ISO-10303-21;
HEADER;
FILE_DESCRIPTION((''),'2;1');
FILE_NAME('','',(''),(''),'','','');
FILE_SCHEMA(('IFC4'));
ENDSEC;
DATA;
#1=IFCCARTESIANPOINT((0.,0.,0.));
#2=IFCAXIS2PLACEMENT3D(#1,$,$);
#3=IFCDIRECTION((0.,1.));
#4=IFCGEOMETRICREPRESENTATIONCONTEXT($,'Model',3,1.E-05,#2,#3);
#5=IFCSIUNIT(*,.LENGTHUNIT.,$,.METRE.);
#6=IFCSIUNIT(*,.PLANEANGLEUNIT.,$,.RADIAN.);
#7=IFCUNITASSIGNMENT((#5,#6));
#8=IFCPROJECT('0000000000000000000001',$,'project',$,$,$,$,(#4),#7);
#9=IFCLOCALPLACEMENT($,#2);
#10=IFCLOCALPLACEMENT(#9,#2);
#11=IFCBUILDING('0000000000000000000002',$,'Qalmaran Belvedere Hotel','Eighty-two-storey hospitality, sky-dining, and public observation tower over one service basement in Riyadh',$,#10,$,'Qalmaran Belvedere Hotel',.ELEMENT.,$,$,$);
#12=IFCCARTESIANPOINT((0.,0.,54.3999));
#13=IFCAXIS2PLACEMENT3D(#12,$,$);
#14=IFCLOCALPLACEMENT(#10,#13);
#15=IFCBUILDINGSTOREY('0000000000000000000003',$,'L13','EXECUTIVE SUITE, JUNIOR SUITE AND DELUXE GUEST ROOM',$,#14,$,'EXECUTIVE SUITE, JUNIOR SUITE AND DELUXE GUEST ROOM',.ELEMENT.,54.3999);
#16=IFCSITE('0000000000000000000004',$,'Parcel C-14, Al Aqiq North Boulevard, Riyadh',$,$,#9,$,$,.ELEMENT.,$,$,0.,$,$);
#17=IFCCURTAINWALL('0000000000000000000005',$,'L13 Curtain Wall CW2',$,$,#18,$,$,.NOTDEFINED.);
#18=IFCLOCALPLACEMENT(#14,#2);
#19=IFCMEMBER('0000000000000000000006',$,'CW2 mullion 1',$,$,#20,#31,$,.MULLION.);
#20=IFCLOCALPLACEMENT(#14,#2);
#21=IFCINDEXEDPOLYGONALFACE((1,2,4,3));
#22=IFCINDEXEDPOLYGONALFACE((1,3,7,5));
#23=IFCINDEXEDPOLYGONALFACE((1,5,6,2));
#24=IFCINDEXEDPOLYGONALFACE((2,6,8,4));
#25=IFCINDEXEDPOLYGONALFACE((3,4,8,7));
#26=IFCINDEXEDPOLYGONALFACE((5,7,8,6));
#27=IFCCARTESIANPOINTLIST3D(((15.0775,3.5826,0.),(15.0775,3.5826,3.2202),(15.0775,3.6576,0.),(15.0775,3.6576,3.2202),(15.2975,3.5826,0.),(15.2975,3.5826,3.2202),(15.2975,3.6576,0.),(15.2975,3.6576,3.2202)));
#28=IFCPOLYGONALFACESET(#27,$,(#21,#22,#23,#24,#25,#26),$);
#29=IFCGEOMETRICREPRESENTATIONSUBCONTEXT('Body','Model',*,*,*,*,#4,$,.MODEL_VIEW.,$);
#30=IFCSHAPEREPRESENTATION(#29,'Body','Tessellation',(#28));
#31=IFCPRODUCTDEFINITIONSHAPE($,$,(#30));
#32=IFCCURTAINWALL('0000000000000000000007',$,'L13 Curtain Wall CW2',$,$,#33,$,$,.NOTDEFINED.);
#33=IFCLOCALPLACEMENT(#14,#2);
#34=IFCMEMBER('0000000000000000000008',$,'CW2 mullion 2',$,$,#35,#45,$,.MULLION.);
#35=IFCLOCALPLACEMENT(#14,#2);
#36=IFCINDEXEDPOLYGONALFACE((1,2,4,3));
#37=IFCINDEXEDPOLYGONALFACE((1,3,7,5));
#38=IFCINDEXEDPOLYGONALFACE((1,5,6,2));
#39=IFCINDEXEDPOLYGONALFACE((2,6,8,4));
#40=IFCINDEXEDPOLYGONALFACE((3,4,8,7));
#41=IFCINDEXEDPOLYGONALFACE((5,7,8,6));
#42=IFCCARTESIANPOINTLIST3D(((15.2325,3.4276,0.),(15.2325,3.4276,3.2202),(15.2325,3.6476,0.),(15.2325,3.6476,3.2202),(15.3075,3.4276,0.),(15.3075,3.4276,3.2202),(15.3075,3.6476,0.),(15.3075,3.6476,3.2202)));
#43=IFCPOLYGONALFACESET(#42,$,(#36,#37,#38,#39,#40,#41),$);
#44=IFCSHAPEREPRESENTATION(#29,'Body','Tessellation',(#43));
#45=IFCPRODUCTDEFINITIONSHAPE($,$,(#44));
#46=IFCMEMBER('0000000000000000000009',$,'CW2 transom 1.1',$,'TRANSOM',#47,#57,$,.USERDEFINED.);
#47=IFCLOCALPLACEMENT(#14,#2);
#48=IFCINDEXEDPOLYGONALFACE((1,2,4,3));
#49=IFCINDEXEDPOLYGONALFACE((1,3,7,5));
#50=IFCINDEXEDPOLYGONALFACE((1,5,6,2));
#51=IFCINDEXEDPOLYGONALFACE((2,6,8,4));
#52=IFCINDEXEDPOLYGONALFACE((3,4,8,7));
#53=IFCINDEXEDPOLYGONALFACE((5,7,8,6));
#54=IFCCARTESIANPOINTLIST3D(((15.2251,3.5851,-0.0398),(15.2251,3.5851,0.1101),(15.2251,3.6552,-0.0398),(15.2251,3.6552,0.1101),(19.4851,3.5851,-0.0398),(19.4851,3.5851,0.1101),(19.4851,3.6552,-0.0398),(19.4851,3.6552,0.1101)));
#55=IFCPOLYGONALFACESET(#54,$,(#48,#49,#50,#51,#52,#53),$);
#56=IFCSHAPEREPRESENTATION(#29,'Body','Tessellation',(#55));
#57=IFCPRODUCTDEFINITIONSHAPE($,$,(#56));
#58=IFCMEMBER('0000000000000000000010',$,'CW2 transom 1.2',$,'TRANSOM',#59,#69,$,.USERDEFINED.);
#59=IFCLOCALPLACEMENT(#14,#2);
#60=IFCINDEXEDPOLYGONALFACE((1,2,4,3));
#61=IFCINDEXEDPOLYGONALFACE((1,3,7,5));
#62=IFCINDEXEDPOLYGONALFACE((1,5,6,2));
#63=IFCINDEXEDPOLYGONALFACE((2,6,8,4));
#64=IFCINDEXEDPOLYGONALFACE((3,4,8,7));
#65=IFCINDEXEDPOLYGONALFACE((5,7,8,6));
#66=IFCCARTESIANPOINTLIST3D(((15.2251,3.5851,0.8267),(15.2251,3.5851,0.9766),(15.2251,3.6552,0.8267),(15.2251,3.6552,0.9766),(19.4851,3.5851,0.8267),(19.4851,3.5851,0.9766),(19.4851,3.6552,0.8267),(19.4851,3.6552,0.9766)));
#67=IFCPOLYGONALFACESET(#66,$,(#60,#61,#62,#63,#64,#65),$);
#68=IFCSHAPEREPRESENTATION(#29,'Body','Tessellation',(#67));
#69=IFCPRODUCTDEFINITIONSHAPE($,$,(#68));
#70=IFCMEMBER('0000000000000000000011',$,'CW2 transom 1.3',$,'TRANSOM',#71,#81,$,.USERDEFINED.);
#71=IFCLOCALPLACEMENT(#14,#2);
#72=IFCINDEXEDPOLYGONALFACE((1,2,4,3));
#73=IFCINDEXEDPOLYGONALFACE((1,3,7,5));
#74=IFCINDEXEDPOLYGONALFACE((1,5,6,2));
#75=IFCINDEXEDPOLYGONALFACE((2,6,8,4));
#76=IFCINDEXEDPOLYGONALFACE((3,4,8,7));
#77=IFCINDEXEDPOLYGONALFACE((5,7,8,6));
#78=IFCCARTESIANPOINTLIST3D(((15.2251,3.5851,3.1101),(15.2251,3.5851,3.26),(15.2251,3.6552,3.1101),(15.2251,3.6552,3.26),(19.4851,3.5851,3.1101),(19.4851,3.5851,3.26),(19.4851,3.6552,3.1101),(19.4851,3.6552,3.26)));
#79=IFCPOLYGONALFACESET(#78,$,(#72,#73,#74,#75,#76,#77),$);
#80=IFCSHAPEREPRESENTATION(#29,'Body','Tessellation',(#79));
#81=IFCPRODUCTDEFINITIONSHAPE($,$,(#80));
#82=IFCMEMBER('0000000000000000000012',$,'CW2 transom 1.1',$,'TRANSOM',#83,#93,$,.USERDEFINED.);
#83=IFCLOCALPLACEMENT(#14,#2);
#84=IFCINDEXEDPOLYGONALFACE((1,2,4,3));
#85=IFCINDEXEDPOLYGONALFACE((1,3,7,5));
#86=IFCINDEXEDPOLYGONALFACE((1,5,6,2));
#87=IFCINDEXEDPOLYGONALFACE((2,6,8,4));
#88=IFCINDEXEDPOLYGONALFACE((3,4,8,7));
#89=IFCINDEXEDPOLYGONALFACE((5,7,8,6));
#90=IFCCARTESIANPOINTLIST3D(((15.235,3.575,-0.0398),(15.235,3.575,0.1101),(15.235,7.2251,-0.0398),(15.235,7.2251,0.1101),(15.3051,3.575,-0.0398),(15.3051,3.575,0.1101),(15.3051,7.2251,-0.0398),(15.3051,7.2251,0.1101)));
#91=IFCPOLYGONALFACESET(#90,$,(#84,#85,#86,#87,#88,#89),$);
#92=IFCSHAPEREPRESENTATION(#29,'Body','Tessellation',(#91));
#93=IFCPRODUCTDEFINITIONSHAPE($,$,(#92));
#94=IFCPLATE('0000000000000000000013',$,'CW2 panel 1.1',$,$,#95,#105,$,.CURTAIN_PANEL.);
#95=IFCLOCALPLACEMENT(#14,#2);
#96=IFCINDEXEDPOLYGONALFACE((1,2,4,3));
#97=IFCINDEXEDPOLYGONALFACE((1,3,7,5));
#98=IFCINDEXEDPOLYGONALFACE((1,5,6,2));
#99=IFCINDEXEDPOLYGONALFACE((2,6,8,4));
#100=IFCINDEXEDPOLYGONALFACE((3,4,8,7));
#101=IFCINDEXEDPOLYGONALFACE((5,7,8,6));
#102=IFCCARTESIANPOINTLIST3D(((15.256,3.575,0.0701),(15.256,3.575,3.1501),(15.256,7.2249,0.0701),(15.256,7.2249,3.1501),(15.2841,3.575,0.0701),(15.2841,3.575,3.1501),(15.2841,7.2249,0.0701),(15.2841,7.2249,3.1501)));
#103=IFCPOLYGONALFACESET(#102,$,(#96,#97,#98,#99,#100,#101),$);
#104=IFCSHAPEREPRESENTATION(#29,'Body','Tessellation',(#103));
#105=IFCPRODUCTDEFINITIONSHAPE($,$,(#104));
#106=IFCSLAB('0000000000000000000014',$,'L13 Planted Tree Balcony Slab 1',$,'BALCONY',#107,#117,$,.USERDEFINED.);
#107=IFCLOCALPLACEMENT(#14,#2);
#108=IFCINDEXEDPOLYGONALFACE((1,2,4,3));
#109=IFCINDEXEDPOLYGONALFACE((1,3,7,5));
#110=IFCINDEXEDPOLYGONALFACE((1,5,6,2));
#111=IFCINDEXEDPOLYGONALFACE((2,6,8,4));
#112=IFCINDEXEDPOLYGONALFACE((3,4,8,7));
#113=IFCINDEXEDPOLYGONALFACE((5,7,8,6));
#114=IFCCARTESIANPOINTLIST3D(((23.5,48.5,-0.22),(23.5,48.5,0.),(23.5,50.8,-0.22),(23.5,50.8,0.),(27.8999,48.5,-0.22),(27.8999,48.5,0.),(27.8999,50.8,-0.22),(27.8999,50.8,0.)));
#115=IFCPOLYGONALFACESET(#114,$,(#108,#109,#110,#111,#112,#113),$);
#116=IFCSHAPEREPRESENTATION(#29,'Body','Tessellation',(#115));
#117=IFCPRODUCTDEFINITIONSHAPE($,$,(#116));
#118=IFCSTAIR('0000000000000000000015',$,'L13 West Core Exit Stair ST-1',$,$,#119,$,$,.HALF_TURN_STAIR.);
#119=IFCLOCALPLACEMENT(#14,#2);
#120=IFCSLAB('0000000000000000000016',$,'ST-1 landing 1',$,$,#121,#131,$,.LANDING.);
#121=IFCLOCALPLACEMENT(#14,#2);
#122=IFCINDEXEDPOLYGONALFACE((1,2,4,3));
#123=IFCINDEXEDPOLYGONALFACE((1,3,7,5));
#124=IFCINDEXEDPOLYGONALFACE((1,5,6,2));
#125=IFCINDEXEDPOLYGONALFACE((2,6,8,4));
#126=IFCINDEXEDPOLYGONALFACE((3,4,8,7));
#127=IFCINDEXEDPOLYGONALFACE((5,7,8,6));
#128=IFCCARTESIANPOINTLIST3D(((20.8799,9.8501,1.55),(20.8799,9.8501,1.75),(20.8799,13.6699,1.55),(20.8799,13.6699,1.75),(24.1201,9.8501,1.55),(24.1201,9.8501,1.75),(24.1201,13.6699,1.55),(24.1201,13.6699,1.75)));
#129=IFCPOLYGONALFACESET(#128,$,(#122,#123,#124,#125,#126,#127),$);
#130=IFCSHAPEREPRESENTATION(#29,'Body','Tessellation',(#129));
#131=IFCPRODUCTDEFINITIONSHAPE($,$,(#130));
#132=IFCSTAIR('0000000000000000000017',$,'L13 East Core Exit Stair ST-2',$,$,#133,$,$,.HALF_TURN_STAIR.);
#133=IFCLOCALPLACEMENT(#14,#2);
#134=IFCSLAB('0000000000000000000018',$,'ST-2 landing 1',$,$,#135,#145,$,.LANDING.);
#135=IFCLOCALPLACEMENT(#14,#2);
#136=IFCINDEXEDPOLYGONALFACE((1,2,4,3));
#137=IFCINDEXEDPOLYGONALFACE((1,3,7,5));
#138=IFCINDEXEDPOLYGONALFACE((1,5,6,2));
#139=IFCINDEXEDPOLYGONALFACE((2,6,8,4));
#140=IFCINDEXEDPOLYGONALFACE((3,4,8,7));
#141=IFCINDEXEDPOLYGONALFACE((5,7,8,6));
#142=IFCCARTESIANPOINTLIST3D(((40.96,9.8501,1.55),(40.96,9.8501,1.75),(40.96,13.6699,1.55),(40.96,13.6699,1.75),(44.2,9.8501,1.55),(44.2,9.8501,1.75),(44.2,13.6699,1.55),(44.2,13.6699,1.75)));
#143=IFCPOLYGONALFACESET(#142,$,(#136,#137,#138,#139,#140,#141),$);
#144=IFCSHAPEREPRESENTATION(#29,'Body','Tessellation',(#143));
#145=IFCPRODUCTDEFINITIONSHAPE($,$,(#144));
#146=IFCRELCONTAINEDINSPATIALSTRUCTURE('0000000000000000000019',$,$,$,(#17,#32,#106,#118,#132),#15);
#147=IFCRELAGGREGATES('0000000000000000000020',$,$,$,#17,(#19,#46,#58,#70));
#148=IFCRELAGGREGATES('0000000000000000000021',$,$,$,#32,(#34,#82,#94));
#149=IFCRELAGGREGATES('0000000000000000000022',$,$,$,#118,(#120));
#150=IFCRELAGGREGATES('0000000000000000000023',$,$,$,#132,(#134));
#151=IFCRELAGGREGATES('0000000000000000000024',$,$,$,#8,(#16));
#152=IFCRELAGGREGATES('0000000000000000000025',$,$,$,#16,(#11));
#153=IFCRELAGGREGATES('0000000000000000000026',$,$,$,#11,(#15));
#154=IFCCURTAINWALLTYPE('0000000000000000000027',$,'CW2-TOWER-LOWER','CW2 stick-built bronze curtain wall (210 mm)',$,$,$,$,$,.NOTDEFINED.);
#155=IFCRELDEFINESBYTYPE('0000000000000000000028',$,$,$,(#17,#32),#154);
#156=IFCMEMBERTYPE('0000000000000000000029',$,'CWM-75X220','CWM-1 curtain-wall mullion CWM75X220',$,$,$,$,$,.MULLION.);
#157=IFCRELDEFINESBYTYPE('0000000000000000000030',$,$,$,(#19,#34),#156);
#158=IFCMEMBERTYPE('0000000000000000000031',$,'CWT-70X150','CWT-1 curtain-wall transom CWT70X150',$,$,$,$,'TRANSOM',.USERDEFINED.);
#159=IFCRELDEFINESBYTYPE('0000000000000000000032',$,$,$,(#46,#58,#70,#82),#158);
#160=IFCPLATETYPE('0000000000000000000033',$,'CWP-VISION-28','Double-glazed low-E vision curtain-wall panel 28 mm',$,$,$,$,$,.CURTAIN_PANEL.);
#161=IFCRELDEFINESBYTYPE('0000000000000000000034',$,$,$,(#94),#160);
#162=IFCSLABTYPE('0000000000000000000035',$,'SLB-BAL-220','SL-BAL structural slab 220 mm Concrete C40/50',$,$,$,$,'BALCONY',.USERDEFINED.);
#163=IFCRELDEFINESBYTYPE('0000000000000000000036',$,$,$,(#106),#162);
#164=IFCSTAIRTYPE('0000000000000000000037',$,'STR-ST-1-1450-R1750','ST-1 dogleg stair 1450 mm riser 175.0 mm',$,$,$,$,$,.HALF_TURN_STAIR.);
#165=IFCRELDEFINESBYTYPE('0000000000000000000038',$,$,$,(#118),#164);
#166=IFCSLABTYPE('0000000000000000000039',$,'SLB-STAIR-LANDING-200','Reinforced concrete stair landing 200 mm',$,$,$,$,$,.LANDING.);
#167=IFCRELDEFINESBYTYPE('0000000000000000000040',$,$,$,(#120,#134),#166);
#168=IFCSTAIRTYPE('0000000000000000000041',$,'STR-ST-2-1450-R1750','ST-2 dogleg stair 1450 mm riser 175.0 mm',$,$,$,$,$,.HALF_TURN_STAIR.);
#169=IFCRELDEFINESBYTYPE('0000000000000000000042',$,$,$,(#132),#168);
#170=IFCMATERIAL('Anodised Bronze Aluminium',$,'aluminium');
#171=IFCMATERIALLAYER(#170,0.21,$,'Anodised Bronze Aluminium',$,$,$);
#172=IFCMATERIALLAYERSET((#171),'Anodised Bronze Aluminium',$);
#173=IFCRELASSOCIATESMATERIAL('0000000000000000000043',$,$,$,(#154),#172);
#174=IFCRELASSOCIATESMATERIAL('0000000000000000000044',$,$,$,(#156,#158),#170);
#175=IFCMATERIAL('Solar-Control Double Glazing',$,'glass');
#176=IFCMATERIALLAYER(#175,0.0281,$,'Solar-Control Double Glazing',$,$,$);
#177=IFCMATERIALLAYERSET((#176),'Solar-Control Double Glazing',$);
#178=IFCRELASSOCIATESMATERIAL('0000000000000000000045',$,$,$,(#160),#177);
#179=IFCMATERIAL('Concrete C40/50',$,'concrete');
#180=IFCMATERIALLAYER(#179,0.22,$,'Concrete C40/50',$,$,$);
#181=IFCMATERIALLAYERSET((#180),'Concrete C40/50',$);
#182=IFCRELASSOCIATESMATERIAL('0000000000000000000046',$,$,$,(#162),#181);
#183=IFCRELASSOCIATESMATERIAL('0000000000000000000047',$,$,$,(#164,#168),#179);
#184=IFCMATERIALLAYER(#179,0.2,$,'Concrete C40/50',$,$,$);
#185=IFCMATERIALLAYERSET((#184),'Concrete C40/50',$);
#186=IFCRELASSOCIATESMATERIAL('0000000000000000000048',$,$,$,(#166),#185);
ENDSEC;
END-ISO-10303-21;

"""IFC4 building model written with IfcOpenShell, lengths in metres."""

from ifc_helpers import new_model, si_unit, direction, frame, origin, origin_2d, place, context, subcontext, project, spatial, polyline, rectangle, outline, extrude, material, layer, layer_set, material_profile, profile_set, type_object, element, aggregate, save


model = new_model("IFC4")

# Units and contexts
model_context = context("Model", 3, precision=1e-05, world=origin(), true_north=direction((0.0, 1.0)))
body_context = subcontext(model_context, "Body", "Model", "MODEL_VIEW")
ifc_project = project(units=[si_unit("LENGTHUNIT", "METRE"), si_unit("PLANEANGLEUNIT", "RADIAN")], contexts=[model_context])

# Site, building, storey
site_placement = place(None, origin())
site = spatial("IfcSite", under=ifc_project, at=site_placement, Name="Parcel C-14, Al Aqiq North Boulevard, Riyadh", CompositionType="ELEMENT", RefElevation=0.0)
building_placement = place(site_placement, origin())
building = spatial("IfcBuilding", under=site, at=building_placement, Name="Qalmaran Belvedere Hotel", Description="Eighty-two-storey hospitality, sky-dining, and public observation tower over one service basement in Riyadh", LongName="Qalmaran Belvedere Hotel", CompositionType="ELEMENT")
storey_placement = place(building_placement, frame((0.0, 0.0, 54.3999)))
storey = spatial("IfcBuildingStorey", under=building, at=storey_placement, Name="L13", Description="EXECUTIVE SUITE, JUNIOR SUITE AND DELUXE GUEST ROOM", LongName="EXECUTIVE SUITE, JUNIOR SUITE AND DELUXE GUEST ROOM", CompositionType="ELEMENT", Elevation=54.3999)

# Curtain walls, members
ifc_material_1 = material(Name="Anodised Bronze Aluminium", Category="aluminium")
ifc_layer_1 = layer(ifc_material_1, 0.21, Name="Anodised Bronze Aluminium")
ifc_layer_set_1 = layer_set([ifc_layer_1], Name="Anodised Bronze Aluminium")
curtain_wall_type = type_object("IfcCurtainWallType", Name="CW2-TOWER-LOWER", Description="CW2 stick-built bronze curtain wall (210 mm)", PredefinedType="NOTDEFINED", material=ifc_layer_set_1)
curtain_wall_1_placement = place(storey_placement, origin())
curtain_wall_1 = element("IfcCurtainWall", 1, at=curtain_wall_1_placement, inside=storey, type_object=curtain_wall_type, Name="L13 Curtain Wall CW2", PredefinedType="NOTDEFINED")
ifc_material_profile_1 = material_profile(ifc_material_1, rectangle(XDim=0.075, YDim=0.22, at=origin_2d()), Name="CWM75X220")
ifc_profile_set_1 = profile_set([ifc_material_profile_1], Name="Anodised Bronze Aluminium")
member_type_1 = type_object("IfcMemberType", Name="CWM-75X220", Description="CWM-1 curtain-wall mullion CWM75X220", PredefinedType="MULLION", material=ifc_profile_set_1)
member_1_placement = place(storey_placement, frame((15.1875, 3.6201, 0.0), z_axis=(0.0, 0.0, 1.0), x_axis=(0.0, 1.0, 0.0)))
member_1 = element("IfcMember", 2, at=member_1_placement, type_object=member_type_1, Name="CW2 mullion 1", PredefinedType="MULLION", context=body_context, shape_type="SweptSolid", body=[
    extrude(rectangle(XDim=0.075, YDim=0.22, at=origin_2d()), origin(), (0.0, 0.0, 1.0), 3.2202),
])
curtain_wall_2_placement = place(storey_placement, origin())
curtain_wall_2 = element("IfcCurtainWall", 3, at=curtain_wall_2_placement, inside=storey, type_object=curtain_wall_type, Name="L13 Curtain Wall CW2", PredefinedType="NOTDEFINED")
member_2_placement = place(storey_placement, frame((15.27, 3.5376, 0.0), z_axis=(0.0, 0.0, 1.0), x_axis=(1.0, 0.0, 0.0)))
member_2 = element("IfcMember", 4, at=member_2_placement, type_object=member_type_1, Name="CW2 mullion 2", PredefinedType="MULLION", context=body_context, shape_type="SweptSolid", body=[
    extrude(rectangle(XDim=0.075, YDim=0.22, at=origin_2d()), origin(), (0.0, 0.0, 1.0), 3.2202),
])

# Members
ifc_material_profile_2 = material_profile(ifc_material_1, rectangle(XDim=0.0701, YDim=0.1499, at=origin_2d()), Name="CWT70X150")
ifc_profile_set_2 = profile_set([ifc_material_profile_2], Name="Anodised Bronze Aluminium")
member_type_2 = type_object("IfcMemberType", Name="CWT-70X150", Description="CWT-1 curtain-wall transom CWT70X150", ElementType="TRANSOM", PredefinedType="USERDEFINED", material=ifc_profile_set_2)
member_3_placement = place(storey_placement, frame((15.2251, 3.6201, 0.0352), z_axis=(1.0, 0.0, 0.0), x_axis=(0.0, 1.0, 0.0)))
member_3 = element("IfcMember", 5, at=member_3_placement, type_object=member_type_2, Name="CW2 transom 1.1", ObjectType="TRANSOM", PredefinedType="USERDEFINED", context=body_context, shape_type="SweptSolid", body=[
    extrude(rectangle(XDim=0.0701, YDim=0.1499, at=origin_2d()), origin(), (0.0, 0.0, 1.0), 4.26),
])
member_4_placement = place(storey_placement, frame((15.2251, 3.6201, 0.9016), z_axis=(1.0, 0.0, 0.0), x_axis=(0.0, 1.0, 0.0)))
member_4 = element("IfcMember", 6, at=member_4_placement, type_object=member_type_2, Name="CW2 transom 1.2", ObjectType="TRANSOM", PredefinedType="USERDEFINED", context=body_context, shape_type="SweptSolid", body=[
    extrude(rectangle(XDim=0.0701, YDim=0.1499, at=origin_2d()), origin(), (0.0, 0.0, 1.0), 4.26),
])
member_5_placement = place(storey_placement, frame((15.2251, 3.6201, 3.1851), z_axis=(1.0, 0.0, 0.0), x_axis=(0.0, 1.0, 0.0)))
member_5 = element("IfcMember", 7, at=member_5_placement, type_object=member_type_2, Name="CW2 transom 1.3", ObjectType="TRANSOM", PredefinedType="USERDEFINED", context=body_context, shape_type="SweptSolid", body=[
    extrude(rectangle(XDim=0.0701, YDim=0.1499, at=origin_2d()), origin(), (0.0, 0.0, 1.0), 4.26),
])
aggregate(curtain_wall_1, [member_1, member_3, member_4, member_5])
member_6_placement = place(storey_placement, frame((15.27, 7.2251, 0.0352), z_axis=(0.0, -1.0, 0.0), x_axis=(1.0, 0.0, 0.0)))
member_6 = element("IfcMember", 8, at=member_6_placement, type_object=member_type_2, Name="CW2 transom 1.1", ObjectType="TRANSOM", PredefinedType="USERDEFINED", context=body_context, shape_type="SweptSolid", body=[
    extrude(rectangle(XDim=0.0701, YDim=0.1499, at=origin_2d()), origin(), (0.0, 0.0, 1.0), 3.6501),
])

# Plate
ifc_material_2 = material(Name="Solar-Control Double Glazing", Category="glass")
ifc_layer_2 = layer(ifc_material_2, 0.0281, Name="Solar-Control Double Glazing")
ifc_layer_set_2 = layer_set([ifc_layer_2], Name="Solar-Control Double Glazing")
plate_type = type_object("IfcPlateType", Name="CWP-VISION-28", Description="Double-glazed low-E vision curtain-wall panel 28 mm", PredefinedType="CURTAIN_PANEL", material=ifc_layer_set_2)
plate_placement = place(storey_placement, frame((15.27, 5.3999, 0.0701), z_axis=(0.0, 0.0, 1.0), x_axis=(0.0, -1.0, 0.0)))
plate = element("IfcPlate", 9, at=plate_placement, type_object=plate_type, Name="CW2 panel 1.1", PredefinedType="CURTAIN_PANEL", context=body_context, shape_type="SweptSolid", body=[
    extrude(rectangle(XDim=3.6499, YDim=0.0281, at=origin_2d()), origin(), (0.0, 0.0, 1.0), 3.0801),
])
aggregate(curtain_wall_2, [member_2, member_6, plate])

# Slab
ifc_material_3 = material(Name="Concrete C40/50", Category="concrete")
ifc_layer_3 = layer(ifc_material_3, 0.22, Name="Concrete C40/50")
ifc_layer_set_3 = layer_set([ifc_layer_3], Name="Concrete C40/50")
slab_type_1 = type_object("IfcSlabType", Name="SLB-BAL-220", Description="SL-BAL structural slab 220 mm Concrete C40/50", ElementType="BALCONY", PredefinedType="USERDEFINED", material=ifc_layer_set_3)
slab_1_placement = place(storey_placement, frame((0.0, 0.0, -0.22)))
element("IfcSlab", 10, at=slab_1_placement, inside=storey, type_object=slab_type_1, Name="L13 Planted Tree Balcony Slab 1", ObjectType="BALCONY", PredefinedType="USERDEFINED", context=body_context, shape_type="SweptSolid", body=[
    extrude(outline(polyline([(23.5, 48.5), (27.8999, 48.5), (27.8999, 50.8), (23.5, 50.8), (23.5, 48.5)])), origin(), (0.0, 0.0, 1.0), 0.22),
])

# Stairs, slabs
stair_type_1 = type_object("IfcStairType", Name="STR-ST-1-1450-R1750", Description="ST-1 dogleg stair 1450 mm riser 175.0 mm", PredefinedType="HALF_TURN_STAIR", material=ifc_material_3)
stair_1_placement = place(storey_placement, origin())
stair_1 = element("IfcStair", 11, at=stair_1_placement, inside=storey, type_object=stair_type_1, Name="L13 West Core Exit Stair ST-1", PredefinedType="HALF_TURN_STAIR")
ifc_layer_4 = layer(ifc_material_3, 0.2, Name="Concrete C40/50")
ifc_layer_set_4 = layer_set([ifc_layer_4], Name="Concrete C40/50")
slab_type_2 = type_object("IfcSlabType", Name="SLB-STAIR-LANDING-200", Description="Reinforced concrete stair landing 200 mm", PredefinedType="LANDING", material=ifc_layer_set_4)
slab_2_placement = place(storey_placement, frame((0.0, 0.0, 1.55)))
slab_2 = element("IfcSlab", 12, at=slab_2_placement, type_object=slab_type_2, Name="ST-1 landing 1", PredefinedType="LANDING", context=body_context, shape_type="SweptSolid", body=[
    extrude(outline(polyline([(20.8799, 13.6699), (20.8799, 9.8501), (24.1201, 9.8501), (24.1201, 13.6699), (20.8799, 13.6699)])), origin(), (0.0, 0.0, 1.0), 0.2),
])
aggregate(stair_1, [slab_2])
stair_type_2 = type_object("IfcStairType", Name="STR-ST-2-1450-R1750", Description="ST-2 dogleg stair 1450 mm riser 175.0 mm", PredefinedType="HALF_TURN_STAIR", material=ifc_material_3)
stair_2_placement = place(storey_placement, origin())
stair_2 = element("IfcStair", 13, at=stair_2_placement, inside=storey, type_object=stair_type_2, Name="L13 East Core Exit Stair ST-2", PredefinedType="HALF_TURN_STAIR")
slab_3_placement = place(storey_placement, frame((0.0, 0.0, 1.55)))
slab_3 = element("IfcSlab", 14, at=slab_3_placement, type_object=slab_type_2, Name="ST-2 landing 1", PredefinedType="LANDING", context=body_context, shape_type="SweptSolid", body=[
    extrude(outline(polyline([(40.96, 13.6699), (40.96, 9.8501), (44.2, 9.8501), (44.2, 13.6699), (40.96, 13.6699)])), origin(), (0.0, 0.0, 1.0), 0.2),
])
aggregate(stair_2, [slab_3])

save(model, "model.ifc")
